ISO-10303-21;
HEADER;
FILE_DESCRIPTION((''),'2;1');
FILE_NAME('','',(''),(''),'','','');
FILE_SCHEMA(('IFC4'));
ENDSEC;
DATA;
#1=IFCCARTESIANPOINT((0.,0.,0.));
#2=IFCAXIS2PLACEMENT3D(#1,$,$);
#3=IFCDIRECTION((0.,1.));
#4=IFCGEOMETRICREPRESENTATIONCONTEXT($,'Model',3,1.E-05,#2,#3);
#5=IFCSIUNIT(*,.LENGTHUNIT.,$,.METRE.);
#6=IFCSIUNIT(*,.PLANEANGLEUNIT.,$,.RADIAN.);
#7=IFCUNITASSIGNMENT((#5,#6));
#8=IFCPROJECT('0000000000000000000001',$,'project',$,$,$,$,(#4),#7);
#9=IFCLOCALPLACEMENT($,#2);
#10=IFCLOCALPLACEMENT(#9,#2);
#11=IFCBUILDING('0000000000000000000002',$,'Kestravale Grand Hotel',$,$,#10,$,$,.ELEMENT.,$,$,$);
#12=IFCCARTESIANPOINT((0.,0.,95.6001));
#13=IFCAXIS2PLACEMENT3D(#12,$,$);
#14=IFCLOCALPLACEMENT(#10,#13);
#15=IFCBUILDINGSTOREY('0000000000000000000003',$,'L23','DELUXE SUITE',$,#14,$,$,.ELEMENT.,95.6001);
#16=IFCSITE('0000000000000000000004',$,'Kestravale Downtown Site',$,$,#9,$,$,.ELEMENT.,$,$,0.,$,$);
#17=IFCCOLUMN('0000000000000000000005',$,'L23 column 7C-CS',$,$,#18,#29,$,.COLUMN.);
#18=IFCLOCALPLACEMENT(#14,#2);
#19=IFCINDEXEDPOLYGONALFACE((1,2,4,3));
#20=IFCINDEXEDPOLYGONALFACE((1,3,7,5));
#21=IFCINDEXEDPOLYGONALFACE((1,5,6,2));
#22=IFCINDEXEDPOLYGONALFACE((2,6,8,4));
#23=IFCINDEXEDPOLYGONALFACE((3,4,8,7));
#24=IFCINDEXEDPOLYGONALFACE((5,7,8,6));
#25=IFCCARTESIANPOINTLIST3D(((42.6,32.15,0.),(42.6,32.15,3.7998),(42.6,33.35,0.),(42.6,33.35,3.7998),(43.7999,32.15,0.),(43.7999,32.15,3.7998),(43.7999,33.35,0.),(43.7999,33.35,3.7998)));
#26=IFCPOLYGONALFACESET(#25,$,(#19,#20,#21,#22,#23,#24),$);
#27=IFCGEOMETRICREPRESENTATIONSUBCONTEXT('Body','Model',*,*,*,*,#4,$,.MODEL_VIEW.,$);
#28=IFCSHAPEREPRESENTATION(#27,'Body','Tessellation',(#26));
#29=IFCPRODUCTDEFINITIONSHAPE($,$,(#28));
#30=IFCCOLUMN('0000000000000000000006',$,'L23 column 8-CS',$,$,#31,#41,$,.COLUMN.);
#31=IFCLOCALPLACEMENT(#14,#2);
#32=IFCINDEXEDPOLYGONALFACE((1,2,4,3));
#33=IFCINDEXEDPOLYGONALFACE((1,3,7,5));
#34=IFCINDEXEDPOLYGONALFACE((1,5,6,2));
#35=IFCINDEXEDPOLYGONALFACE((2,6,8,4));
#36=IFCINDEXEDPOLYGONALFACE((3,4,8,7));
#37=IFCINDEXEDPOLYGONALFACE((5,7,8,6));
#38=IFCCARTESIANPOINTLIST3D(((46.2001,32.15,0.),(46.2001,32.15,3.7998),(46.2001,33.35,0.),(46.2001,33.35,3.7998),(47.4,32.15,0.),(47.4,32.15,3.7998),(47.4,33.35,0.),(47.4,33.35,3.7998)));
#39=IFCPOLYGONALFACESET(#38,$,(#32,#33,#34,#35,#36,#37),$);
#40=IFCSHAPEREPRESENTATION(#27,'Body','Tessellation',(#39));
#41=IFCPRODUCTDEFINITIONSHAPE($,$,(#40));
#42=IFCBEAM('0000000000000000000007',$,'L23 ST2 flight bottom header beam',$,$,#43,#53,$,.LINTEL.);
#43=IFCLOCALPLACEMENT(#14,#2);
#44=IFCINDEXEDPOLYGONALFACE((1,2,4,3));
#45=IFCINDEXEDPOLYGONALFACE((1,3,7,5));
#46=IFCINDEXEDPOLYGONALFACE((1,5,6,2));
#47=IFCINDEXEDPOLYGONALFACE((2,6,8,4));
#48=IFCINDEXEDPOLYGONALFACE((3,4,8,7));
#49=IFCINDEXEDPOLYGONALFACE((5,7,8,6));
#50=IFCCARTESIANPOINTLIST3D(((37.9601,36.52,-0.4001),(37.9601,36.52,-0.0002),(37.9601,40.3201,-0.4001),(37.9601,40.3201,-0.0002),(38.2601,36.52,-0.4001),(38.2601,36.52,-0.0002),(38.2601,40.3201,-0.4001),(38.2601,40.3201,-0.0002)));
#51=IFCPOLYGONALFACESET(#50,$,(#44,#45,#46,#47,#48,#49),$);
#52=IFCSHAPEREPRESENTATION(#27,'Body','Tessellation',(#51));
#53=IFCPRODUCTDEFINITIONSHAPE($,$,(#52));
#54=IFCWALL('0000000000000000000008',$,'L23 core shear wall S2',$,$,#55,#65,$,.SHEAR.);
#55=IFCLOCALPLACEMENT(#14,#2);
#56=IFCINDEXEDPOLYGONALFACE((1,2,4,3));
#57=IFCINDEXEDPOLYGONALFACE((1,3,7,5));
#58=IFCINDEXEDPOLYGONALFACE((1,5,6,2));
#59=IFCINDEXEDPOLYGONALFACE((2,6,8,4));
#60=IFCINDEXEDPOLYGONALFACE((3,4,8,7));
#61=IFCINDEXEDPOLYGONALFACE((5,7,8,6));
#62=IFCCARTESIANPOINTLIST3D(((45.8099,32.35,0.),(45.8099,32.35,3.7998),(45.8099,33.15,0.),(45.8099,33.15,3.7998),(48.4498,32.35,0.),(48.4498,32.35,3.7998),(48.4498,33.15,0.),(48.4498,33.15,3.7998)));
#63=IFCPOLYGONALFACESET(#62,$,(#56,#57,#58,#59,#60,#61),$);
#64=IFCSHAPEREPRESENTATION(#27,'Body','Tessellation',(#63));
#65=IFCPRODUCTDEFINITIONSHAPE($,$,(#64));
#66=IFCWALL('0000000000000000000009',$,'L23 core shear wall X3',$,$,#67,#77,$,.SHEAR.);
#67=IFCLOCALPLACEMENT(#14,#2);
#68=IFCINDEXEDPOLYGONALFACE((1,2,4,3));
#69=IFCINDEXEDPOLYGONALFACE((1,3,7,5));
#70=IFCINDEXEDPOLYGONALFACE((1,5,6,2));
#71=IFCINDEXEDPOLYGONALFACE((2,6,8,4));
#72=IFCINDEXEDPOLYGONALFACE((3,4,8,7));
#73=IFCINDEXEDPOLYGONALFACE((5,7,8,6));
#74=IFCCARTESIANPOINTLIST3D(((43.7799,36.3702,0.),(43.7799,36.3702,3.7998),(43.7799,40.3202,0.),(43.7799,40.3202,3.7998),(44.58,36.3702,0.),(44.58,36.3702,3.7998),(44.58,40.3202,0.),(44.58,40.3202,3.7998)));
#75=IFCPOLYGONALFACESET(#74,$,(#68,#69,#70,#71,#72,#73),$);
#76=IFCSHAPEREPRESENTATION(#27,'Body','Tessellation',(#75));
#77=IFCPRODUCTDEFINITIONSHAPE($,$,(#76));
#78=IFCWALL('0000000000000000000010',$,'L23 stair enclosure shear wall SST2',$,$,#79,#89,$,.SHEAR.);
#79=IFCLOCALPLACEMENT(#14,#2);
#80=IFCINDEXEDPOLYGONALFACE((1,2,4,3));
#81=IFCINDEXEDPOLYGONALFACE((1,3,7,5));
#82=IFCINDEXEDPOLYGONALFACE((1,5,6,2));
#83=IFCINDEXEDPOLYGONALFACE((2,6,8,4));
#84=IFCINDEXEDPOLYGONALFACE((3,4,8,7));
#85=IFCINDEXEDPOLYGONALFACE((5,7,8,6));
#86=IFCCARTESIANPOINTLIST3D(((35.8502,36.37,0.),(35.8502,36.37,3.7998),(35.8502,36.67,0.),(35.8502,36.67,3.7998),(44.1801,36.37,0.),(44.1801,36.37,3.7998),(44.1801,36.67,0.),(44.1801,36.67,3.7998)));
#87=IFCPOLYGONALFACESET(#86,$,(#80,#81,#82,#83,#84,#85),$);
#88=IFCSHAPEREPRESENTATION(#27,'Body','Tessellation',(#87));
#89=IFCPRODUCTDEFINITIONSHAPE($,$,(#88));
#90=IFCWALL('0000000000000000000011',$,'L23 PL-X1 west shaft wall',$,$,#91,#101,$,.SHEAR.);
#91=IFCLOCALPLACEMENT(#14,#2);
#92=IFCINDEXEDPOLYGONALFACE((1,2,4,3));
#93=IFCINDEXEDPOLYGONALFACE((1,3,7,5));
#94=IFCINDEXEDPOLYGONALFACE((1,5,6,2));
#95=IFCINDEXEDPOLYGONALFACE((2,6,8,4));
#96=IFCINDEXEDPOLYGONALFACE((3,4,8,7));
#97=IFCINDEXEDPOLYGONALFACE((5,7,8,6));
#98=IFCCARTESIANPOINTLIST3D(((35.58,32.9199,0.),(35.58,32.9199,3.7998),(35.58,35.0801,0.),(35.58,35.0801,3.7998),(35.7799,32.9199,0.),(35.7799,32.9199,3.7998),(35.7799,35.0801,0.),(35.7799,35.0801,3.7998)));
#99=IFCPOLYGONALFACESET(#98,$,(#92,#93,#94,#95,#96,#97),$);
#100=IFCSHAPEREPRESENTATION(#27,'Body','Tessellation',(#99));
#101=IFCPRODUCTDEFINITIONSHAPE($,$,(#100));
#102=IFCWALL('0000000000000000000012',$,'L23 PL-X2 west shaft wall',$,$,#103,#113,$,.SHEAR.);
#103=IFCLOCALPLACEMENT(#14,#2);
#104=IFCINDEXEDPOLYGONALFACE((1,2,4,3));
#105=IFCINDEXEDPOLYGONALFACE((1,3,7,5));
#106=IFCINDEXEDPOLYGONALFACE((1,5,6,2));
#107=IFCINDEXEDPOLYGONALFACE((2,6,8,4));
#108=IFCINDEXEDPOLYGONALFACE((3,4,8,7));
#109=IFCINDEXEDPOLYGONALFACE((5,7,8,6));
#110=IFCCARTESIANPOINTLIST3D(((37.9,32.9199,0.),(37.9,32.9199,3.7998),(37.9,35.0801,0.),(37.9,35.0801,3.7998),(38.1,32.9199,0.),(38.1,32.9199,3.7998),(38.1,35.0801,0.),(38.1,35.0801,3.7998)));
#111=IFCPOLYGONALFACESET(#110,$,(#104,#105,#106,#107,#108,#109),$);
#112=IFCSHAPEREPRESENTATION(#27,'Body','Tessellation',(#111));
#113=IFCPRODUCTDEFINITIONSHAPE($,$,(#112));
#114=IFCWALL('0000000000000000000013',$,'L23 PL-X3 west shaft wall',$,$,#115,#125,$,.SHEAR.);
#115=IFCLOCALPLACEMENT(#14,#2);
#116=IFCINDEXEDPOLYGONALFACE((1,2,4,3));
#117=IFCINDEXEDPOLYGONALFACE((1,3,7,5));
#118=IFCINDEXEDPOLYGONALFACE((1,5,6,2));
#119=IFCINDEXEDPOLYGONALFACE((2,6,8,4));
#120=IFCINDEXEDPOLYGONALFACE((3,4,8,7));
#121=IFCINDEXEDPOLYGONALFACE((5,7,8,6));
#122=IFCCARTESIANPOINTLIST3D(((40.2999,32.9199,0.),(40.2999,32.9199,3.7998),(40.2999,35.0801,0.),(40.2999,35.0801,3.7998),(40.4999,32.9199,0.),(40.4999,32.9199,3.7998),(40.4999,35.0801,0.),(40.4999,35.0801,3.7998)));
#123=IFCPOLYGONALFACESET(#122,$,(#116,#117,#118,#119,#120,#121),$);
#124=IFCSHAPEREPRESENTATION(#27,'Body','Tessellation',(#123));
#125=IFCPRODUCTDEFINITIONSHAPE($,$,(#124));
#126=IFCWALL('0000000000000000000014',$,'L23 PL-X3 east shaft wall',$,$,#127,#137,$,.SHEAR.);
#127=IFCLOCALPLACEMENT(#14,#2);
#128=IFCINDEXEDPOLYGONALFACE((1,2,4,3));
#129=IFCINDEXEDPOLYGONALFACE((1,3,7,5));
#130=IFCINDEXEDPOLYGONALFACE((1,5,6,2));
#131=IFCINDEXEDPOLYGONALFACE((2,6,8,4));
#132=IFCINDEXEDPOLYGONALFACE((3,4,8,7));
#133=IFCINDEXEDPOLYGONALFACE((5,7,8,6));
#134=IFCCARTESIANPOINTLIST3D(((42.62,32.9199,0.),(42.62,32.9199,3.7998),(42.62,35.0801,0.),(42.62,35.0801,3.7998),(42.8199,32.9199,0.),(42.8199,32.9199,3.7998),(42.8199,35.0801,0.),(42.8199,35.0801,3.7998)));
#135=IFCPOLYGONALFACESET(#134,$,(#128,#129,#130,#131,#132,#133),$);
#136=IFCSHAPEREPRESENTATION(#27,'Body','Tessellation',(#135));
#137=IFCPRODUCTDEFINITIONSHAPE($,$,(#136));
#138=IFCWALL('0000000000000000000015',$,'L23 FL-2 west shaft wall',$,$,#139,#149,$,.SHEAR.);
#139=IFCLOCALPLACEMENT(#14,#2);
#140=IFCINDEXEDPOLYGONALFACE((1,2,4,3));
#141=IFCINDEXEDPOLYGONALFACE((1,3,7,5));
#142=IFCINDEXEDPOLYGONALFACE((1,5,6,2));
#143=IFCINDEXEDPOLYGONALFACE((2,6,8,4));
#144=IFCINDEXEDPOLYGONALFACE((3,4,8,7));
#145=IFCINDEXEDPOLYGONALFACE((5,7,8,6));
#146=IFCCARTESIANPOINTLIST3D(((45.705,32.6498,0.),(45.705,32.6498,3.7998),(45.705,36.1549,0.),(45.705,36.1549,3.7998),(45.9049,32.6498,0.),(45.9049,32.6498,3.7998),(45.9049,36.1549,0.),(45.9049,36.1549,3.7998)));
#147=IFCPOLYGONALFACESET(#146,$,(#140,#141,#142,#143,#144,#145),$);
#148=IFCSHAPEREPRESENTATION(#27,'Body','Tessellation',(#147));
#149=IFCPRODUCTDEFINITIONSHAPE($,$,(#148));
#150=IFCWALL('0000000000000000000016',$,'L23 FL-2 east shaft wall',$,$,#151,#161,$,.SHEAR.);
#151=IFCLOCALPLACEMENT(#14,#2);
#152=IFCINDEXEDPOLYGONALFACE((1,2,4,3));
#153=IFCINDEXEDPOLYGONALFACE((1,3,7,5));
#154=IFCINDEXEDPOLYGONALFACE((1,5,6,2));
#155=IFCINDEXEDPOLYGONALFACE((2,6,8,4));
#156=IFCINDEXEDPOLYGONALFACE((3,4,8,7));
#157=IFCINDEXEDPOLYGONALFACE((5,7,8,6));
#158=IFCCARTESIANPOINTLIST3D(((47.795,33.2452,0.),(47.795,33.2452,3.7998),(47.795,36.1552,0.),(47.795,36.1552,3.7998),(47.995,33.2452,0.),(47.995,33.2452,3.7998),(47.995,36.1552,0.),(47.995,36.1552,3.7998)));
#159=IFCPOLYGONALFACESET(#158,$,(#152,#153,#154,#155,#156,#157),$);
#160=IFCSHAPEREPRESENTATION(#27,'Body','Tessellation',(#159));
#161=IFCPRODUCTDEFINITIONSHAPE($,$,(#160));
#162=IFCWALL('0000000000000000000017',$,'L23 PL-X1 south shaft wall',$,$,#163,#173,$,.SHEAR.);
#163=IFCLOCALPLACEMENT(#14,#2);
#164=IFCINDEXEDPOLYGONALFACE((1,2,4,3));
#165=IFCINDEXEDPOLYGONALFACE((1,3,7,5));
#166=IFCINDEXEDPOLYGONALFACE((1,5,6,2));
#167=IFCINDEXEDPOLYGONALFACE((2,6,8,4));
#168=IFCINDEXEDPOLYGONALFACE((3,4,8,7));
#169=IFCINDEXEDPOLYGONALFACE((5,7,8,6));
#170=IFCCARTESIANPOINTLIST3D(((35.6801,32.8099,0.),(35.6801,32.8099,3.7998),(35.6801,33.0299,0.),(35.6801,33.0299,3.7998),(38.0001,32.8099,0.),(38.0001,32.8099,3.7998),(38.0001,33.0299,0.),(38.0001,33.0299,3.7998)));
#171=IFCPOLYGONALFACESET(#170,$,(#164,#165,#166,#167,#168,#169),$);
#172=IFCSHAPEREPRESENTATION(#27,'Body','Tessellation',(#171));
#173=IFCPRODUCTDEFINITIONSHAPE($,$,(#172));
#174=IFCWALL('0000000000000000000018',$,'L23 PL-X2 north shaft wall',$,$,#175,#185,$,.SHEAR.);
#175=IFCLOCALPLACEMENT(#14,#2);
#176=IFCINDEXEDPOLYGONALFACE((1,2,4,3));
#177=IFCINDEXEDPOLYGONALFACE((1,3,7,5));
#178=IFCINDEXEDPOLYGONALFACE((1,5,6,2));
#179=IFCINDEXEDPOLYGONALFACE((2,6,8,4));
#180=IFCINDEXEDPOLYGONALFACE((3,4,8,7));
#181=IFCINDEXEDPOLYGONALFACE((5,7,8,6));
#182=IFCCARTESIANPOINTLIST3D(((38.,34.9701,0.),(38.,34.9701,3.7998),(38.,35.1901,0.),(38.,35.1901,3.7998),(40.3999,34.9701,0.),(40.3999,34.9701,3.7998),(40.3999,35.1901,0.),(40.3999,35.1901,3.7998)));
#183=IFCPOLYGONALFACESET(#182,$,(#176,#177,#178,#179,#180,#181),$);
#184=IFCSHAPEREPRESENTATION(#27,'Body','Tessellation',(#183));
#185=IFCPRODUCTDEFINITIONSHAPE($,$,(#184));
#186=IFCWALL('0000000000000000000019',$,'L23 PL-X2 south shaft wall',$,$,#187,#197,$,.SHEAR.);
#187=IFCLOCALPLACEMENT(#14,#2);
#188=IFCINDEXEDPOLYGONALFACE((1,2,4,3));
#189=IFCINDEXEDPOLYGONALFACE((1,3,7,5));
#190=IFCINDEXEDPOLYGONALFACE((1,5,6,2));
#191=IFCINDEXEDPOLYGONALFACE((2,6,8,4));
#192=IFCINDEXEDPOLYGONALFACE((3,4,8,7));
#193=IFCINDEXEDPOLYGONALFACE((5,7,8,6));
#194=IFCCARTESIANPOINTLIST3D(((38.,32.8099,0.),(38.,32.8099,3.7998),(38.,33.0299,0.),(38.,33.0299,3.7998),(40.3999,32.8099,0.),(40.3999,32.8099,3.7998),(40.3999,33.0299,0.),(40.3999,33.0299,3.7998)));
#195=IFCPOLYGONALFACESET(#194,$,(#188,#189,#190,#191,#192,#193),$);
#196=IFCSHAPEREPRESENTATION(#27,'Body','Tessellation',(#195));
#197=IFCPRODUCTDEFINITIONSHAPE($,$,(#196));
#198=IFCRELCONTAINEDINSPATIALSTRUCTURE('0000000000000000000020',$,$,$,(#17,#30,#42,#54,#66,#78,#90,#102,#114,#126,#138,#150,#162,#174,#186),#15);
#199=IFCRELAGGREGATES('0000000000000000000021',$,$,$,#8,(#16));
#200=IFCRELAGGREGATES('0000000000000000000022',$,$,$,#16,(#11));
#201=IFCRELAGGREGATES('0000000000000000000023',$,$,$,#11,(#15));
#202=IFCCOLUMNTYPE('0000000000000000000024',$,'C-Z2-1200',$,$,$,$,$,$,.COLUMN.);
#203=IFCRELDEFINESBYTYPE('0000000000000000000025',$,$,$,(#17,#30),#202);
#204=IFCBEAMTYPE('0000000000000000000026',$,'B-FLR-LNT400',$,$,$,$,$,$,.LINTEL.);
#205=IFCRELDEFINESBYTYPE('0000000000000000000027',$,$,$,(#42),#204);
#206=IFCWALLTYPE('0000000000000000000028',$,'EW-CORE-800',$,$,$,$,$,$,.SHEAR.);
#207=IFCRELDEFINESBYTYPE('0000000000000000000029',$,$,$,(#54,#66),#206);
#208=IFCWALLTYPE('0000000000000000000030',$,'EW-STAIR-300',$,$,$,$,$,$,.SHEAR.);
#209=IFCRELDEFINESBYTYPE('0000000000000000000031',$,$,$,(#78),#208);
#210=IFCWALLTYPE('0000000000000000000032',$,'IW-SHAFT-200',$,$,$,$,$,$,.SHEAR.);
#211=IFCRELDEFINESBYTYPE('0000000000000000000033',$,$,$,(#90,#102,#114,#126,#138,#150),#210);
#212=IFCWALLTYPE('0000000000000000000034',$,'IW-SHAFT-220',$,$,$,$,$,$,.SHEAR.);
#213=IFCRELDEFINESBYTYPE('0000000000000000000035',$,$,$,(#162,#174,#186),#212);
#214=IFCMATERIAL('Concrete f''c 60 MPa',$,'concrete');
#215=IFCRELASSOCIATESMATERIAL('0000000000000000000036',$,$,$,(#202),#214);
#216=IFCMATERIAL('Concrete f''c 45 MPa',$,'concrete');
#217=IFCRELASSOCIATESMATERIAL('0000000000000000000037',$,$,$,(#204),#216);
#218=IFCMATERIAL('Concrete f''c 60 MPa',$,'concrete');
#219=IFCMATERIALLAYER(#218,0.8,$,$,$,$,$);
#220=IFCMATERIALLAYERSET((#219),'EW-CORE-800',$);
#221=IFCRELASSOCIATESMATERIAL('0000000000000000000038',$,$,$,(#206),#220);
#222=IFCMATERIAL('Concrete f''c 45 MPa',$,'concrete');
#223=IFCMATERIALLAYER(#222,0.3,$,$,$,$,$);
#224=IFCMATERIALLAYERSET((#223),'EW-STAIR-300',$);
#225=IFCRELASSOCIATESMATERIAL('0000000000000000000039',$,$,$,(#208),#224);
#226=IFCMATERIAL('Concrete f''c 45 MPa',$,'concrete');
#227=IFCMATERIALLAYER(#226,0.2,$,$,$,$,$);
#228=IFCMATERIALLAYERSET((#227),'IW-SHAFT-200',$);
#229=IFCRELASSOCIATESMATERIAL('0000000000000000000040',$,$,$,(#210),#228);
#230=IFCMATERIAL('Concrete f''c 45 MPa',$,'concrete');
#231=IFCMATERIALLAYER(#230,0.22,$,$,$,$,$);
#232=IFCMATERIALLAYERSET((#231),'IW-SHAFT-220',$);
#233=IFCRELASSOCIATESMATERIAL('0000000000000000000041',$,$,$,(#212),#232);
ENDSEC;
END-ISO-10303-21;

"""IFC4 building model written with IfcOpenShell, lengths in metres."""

from ifc_helpers import new_model, si_unit, direction, frame, frame_2d, origin, origin_2d, place, context, subcontext, project, spatial, rectangle, extrude, material, layer, layer_set, material_profile, profile_set, type_object, element, save


model = new_model("IFC4")

# Units and contexts
model_context = context("Model", 3, precision=1e-05, world=origin(), true_north=direction((0.0, 1.0)))
body_context = subcontext(model_context, "Body", "Model", "MODEL_VIEW")
ifc_project = project(units=[si_unit("LENGTHUNIT", "METRE"), si_unit("PLANEANGLEUNIT", "RADIAN")], contexts=[model_context])

# Site, building, storey
site_placement = place(None, origin())
site = spatial("IfcSite", under=ifc_project, at=site_placement, Name="Kestravale Downtown Site", CompositionType="ELEMENT", RefElevation=0.0)
building_placement = place(site_placement, origin())
building = spatial("IfcBuilding", under=site, at=building_placement, Name="Kestravale Grand Hotel", CompositionType="ELEMENT")
storey_placement = place(building_placement, frame((0.0, 0.0, 95.6001)))
storey = spatial("IfcBuildingStorey", under=building, at=storey_placement, Name="L23", Description="DELUXE SUITE", CompositionType="ELEMENT", Elevation=95.6001)

# Columns
ifc_material_1 = material(Name="Concrete f'c 60 MPa", Category="concrete")
ifc_material_profile_1 = material_profile(ifc_material_1, rectangle(XDim=1.2, YDim=1.2, at=origin_2d()))
ifc_profile_set_1 = profile_set([ifc_material_profile_1], Name="Concrete f'c 60 MPa")
column_type = type_object("IfcColumnType", Name="C-Z2-1200", PredefinedType="COLUMN", material=ifc_profile_set_1)
for number, where, z_axis, x_axis, name in (
    (1, (43.2, 32.75, 0.0), (0.0, 0.0, 1.0), (1.0, 0.0, 0.0), "L23 column 7C-CS"),
    (2, (46.8, 32.75, 0.0), (0.0, 0.0, 1.0), (1.0, 0.0, 0.0), "L23 column 8-CS"),
):
    element("IfcColumn", number, at=place(storey_placement, frame(where, z_axis=z_axis, x_axis=x_axis)), inside=storey, type_object=column_type, Name=name, PredefinedType="COLUMN", context=body_context, shape_type="SweptSolid", body=[
        extrude(rectangle(XDim=1.2, YDim=1.2, at=origin_2d()), origin(), (0.0, 0.0, 1.0), 3.7998),
    ])

# Beam
ifc_material_2 = material(Name="Concrete f'c 45 MPa", Category="concrete")
ifc_material_profile_2 = material_profile(ifc_material_2, rectangle(XDim=0.3, YDim=0.3999, at=origin_2d()))
ifc_profile_set_2 = profile_set([ifc_material_profile_2], Name="Concrete f'c 45 MPa")
beam_type = type_object("IfcBeamType", Name="B-FLR-LNT400", PredefinedType="LINTEL", material=ifc_profile_set_2)
beam_placement = place(storey_placement, frame((38.1101, 36.52, -0.2002), z_axis=(0.0, 1.0, 0.0), x_axis=(-1.0, 0.0, 0.0)))
element("IfcBeam", 3, at=beam_placement, inside=storey, type_object=beam_type, Name="L23 ST2 flight bottom header beam", PredefinedType="LINTEL", context=body_context, shape_type="SweptSolid", body=[
    extrude(rectangle(XDim=0.3, YDim=0.3999, at=origin_2d()), origin(), (0.0, 0.0, 1.0), 3.8),
])

# Wall
ifc_material_3 = material(Name="Concrete f'c 60 MPa", Category="concrete")
ifc_layer_1 = layer(ifc_material_3, 0.8)
ifc_layer_set_1 = layer_set([ifc_layer_1], Name="EW-CORE-800")
wall_type_1 = type_object("IfcWallType", Name="EW-CORE-800", PredefinedType="SHEAR", material=ifc_layer_set_1)
wall_1_placement = place(storey_placement, frame((45.8101, 32.75, 0.0), z_axis=(0.0, 0.0, 1.0), x_axis=(1.0, 0.0, 0.0)))
element("IfcWall", 4, at=wall_1_placement, inside=storey, type_object=wall_type_1, Name="L23 core shear wall S2", PredefinedType="SHEAR", context=body_context, shape_type="SweptSolid", body=[
    extrude(rectangle(XDim=2.6399, YDim=0.8, at=frame_2d((1.3198, 0.0))), origin(), (0.0, 0.0, 1.0), 3.7998),
])

# Walls
wall_2_placement = place(storey_placement, frame((44.1799, 36.3701, 0.0), z_axis=(0.0, 0.0, 1.0), x_axis=(0.0, 1.0, 0.0)))
element("IfcWall", 5, at=wall_2_placement, inside=storey, type_object=wall_type_1, Name="L23 core shear wall X3", PredefinedType="SHEAR", context=body_context, shape_type="SweptSolid", body=[
    extrude(rectangle(XDim=3.95, YDim=0.8, at=frame_2d((1.9751, 0.0))), origin(), (0.0, 0.0, 1.0), 3.7998),
])
ifc_material_4 = material(Name="Concrete f'c 45 MPa", Category="concrete")
ifc_layer_2 = layer(ifc_material_4, 0.3)
ifc_layer_set_2 = layer_set([ifc_layer_2], Name="EW-STAIR-300")
wall_type_2 = type_object("IfcWallType", Name="EW-STAIR-300", PredefinedType="SHEAR", material=ifc_layer_set_2)
wall_3_placement = place(storey_placement, frame((35.8501, 36.52, 0.0), z_axis=(0.0, 0.0, 1.0), x_axis=(1.0, 0.0, 0.0)))
element("IfcWall", 6, at=wall_3_placement, inside=storey, type_object=wall_type_2, Name="L23 stair enclosure shear wall SST2", PredefinedType="SHEAR", context=body_context, shape_type="SweptSolid", body=[
    extrude(rectangle(XDim=8.3298, YDim=0.3, at=frame_2d((4.165, 0.0))), origin(), (0.0, 0.0, 1.0), 3.7998),
])

# Walls
ifc_material_5 = material(Name="Concrete f'c 45 MPa", Category="concrete")
ifc_layer_3 = layer(ifc_material_5, 0.2)
ifc_layer_set_3 = layer_set([ifc_layer_3], Name="IW-SHAFT-200")
wall_type_3 = type_object("IfcWallType", Name="IW-SHAFT-200", PredefinedType="SHEAR", material=ifc_layer_set_3)
for number, where, z_axis, x_axis, name in (
    (7, (35.6799, 32.9199, 0.0), (0.0, 0.0, 1.0), (0.0, 1.0, 0.0), "L23 PL-X1 west shaft wall"),
    (8, (38.0, 32.9199, 0.0), (0.0, 0.0, 1.0), (0.0, 1.0, 0.0), "L23 PL-X2 west shaft wall"),
    (9, (40.3999, 32.9199, 0.0), (0.0, 0.0, 1.0), (0.0, 1.0, 0.0), "L23 PL-X3 west shaft wall"),
    (10, (42.72, 32.9199, 0.0), (0.0, 0.0, 1.0), (0.0, 1.0, 0.0), "L23 PL-X3 east shaft wall"),
):
    element("IfcWall", number, at=place(storey_placement, frame(where, z_axis=z_axis, x_axis=x_axis)), inside=storey, type_object=wall_type_3, Name=name, PredefinedType="SHEAR", context=body_context, shape_type="SweptSolid", body=[
        extrude(rectangle(XDim=2.1602, YDim=0.2, at=frame_2d((1.0801, 0.0))), origin(), (0.0, 0.0, 1.0), 3.7998),
    ])
wall_4_placement = place(storey_placement, frame((45.8049, 32.6499, 0.0), z_axis=(0.0, 0.0, 1.0), x_axis=(0.0, 1.0, 0.0)))
element("IfcWall", 11, at=wall_4_placement, inside=storey, type_object=wall_type_3, Name="L23 FL-2 west shaft wall", PredefinedType="SHEAR", context=body_context, shape_type="SweptSolid", body=[
    extrude(rectangle(XDim=3.5051, YDim=0.2, at=frame_2d((1.7524, 0.0))), origin(), (0.0, 0.0, 1.0), 3.7998),
])
wall_5_placement = place(storey_placement, frame((47.895, 33.2451, 0.0), z_axis=(0.0, 0.0, 1.0), x_axis=(0.0, 1.0, 0.0)))
element("IfcWall", 12, at=wall_5_placement, inside=storey, type_object=wall_type_3, Name="L23 FL-2 east shaft wall", PredefinedType="SHEAR", context=body_context, shape_type="SweptSolid", body=[
    extrude(rectangle(XDim=2.9099, YDim=0.2, at=frame_2d((1.4551, 0.0))), origin(), (0.0, 0.0, 1.0), 3.7998),
])
ifc_material_6 = material(Name="Concrete f'c 45 MPa", Category="concrete")
ifc_layer_4 = layer(ifc_material_6, 0.22)
ifc_layer_set_4 = layer_set([ifc_layer_4], Name="IW-SHAFT-220")
wall_type_4 = type_object("IfcWallType", Name="IW-SHAFT-220", PredefinedType="SHEAR", material=ifc_layer_set_4)
wall_6_placement = place(storey_placement, frame((35.6799, 32.9199, 0.0), z_axis=(0.0, 0.0, 1.0), x_axis=(1.0, 0.0, 0.0)))
element("IfcWall", 13, at=wall_6_placement, inside=storey, type_object=wall_type_4, Name="L23 PL-X1 south shaft wall", PredefinedType="SHEAR", context=body_context, shape_type="SweptSolid", body=[
    extrude(rectangle(XDim=2.3201, YDim=0.22, at=frame_2d((1.1602, 0.0))), origin(), (0.0, 0.0, 1.0), 3.7998),
])
for number, where, z_axis, x_axis, name in (
    (14, (38.0, 35.0801, 0.0), (0.0, 0.0, 1.0), (1.0, 0.0, 0.0), "L23 PL-X2 north shaft wall"),
    (15, (38.0, 32.9199, 0.0), (0.0, 0.0, 1.0), (1.0, 0.0, 0.0), "L23 PL-X2 south shaft wall"),
):
    element("IfcWall", number, at=place(storey_placement, frame(where, z_axis=z_axis, x_axis=x_axis)), inside=storey, type_object=wall_type_4, Name=name, PredefinedType="SHEAR", context=body_context, shape_type="SweptSolid", body=[
        extrude(rectangle(XDim=2.3999, YDim=0.22, at=frame_2d((1.2, 0.0))), origin(), (0.0, 0.0, 1.0), 3.7998),
    ])

save(model, "model.ifc")
